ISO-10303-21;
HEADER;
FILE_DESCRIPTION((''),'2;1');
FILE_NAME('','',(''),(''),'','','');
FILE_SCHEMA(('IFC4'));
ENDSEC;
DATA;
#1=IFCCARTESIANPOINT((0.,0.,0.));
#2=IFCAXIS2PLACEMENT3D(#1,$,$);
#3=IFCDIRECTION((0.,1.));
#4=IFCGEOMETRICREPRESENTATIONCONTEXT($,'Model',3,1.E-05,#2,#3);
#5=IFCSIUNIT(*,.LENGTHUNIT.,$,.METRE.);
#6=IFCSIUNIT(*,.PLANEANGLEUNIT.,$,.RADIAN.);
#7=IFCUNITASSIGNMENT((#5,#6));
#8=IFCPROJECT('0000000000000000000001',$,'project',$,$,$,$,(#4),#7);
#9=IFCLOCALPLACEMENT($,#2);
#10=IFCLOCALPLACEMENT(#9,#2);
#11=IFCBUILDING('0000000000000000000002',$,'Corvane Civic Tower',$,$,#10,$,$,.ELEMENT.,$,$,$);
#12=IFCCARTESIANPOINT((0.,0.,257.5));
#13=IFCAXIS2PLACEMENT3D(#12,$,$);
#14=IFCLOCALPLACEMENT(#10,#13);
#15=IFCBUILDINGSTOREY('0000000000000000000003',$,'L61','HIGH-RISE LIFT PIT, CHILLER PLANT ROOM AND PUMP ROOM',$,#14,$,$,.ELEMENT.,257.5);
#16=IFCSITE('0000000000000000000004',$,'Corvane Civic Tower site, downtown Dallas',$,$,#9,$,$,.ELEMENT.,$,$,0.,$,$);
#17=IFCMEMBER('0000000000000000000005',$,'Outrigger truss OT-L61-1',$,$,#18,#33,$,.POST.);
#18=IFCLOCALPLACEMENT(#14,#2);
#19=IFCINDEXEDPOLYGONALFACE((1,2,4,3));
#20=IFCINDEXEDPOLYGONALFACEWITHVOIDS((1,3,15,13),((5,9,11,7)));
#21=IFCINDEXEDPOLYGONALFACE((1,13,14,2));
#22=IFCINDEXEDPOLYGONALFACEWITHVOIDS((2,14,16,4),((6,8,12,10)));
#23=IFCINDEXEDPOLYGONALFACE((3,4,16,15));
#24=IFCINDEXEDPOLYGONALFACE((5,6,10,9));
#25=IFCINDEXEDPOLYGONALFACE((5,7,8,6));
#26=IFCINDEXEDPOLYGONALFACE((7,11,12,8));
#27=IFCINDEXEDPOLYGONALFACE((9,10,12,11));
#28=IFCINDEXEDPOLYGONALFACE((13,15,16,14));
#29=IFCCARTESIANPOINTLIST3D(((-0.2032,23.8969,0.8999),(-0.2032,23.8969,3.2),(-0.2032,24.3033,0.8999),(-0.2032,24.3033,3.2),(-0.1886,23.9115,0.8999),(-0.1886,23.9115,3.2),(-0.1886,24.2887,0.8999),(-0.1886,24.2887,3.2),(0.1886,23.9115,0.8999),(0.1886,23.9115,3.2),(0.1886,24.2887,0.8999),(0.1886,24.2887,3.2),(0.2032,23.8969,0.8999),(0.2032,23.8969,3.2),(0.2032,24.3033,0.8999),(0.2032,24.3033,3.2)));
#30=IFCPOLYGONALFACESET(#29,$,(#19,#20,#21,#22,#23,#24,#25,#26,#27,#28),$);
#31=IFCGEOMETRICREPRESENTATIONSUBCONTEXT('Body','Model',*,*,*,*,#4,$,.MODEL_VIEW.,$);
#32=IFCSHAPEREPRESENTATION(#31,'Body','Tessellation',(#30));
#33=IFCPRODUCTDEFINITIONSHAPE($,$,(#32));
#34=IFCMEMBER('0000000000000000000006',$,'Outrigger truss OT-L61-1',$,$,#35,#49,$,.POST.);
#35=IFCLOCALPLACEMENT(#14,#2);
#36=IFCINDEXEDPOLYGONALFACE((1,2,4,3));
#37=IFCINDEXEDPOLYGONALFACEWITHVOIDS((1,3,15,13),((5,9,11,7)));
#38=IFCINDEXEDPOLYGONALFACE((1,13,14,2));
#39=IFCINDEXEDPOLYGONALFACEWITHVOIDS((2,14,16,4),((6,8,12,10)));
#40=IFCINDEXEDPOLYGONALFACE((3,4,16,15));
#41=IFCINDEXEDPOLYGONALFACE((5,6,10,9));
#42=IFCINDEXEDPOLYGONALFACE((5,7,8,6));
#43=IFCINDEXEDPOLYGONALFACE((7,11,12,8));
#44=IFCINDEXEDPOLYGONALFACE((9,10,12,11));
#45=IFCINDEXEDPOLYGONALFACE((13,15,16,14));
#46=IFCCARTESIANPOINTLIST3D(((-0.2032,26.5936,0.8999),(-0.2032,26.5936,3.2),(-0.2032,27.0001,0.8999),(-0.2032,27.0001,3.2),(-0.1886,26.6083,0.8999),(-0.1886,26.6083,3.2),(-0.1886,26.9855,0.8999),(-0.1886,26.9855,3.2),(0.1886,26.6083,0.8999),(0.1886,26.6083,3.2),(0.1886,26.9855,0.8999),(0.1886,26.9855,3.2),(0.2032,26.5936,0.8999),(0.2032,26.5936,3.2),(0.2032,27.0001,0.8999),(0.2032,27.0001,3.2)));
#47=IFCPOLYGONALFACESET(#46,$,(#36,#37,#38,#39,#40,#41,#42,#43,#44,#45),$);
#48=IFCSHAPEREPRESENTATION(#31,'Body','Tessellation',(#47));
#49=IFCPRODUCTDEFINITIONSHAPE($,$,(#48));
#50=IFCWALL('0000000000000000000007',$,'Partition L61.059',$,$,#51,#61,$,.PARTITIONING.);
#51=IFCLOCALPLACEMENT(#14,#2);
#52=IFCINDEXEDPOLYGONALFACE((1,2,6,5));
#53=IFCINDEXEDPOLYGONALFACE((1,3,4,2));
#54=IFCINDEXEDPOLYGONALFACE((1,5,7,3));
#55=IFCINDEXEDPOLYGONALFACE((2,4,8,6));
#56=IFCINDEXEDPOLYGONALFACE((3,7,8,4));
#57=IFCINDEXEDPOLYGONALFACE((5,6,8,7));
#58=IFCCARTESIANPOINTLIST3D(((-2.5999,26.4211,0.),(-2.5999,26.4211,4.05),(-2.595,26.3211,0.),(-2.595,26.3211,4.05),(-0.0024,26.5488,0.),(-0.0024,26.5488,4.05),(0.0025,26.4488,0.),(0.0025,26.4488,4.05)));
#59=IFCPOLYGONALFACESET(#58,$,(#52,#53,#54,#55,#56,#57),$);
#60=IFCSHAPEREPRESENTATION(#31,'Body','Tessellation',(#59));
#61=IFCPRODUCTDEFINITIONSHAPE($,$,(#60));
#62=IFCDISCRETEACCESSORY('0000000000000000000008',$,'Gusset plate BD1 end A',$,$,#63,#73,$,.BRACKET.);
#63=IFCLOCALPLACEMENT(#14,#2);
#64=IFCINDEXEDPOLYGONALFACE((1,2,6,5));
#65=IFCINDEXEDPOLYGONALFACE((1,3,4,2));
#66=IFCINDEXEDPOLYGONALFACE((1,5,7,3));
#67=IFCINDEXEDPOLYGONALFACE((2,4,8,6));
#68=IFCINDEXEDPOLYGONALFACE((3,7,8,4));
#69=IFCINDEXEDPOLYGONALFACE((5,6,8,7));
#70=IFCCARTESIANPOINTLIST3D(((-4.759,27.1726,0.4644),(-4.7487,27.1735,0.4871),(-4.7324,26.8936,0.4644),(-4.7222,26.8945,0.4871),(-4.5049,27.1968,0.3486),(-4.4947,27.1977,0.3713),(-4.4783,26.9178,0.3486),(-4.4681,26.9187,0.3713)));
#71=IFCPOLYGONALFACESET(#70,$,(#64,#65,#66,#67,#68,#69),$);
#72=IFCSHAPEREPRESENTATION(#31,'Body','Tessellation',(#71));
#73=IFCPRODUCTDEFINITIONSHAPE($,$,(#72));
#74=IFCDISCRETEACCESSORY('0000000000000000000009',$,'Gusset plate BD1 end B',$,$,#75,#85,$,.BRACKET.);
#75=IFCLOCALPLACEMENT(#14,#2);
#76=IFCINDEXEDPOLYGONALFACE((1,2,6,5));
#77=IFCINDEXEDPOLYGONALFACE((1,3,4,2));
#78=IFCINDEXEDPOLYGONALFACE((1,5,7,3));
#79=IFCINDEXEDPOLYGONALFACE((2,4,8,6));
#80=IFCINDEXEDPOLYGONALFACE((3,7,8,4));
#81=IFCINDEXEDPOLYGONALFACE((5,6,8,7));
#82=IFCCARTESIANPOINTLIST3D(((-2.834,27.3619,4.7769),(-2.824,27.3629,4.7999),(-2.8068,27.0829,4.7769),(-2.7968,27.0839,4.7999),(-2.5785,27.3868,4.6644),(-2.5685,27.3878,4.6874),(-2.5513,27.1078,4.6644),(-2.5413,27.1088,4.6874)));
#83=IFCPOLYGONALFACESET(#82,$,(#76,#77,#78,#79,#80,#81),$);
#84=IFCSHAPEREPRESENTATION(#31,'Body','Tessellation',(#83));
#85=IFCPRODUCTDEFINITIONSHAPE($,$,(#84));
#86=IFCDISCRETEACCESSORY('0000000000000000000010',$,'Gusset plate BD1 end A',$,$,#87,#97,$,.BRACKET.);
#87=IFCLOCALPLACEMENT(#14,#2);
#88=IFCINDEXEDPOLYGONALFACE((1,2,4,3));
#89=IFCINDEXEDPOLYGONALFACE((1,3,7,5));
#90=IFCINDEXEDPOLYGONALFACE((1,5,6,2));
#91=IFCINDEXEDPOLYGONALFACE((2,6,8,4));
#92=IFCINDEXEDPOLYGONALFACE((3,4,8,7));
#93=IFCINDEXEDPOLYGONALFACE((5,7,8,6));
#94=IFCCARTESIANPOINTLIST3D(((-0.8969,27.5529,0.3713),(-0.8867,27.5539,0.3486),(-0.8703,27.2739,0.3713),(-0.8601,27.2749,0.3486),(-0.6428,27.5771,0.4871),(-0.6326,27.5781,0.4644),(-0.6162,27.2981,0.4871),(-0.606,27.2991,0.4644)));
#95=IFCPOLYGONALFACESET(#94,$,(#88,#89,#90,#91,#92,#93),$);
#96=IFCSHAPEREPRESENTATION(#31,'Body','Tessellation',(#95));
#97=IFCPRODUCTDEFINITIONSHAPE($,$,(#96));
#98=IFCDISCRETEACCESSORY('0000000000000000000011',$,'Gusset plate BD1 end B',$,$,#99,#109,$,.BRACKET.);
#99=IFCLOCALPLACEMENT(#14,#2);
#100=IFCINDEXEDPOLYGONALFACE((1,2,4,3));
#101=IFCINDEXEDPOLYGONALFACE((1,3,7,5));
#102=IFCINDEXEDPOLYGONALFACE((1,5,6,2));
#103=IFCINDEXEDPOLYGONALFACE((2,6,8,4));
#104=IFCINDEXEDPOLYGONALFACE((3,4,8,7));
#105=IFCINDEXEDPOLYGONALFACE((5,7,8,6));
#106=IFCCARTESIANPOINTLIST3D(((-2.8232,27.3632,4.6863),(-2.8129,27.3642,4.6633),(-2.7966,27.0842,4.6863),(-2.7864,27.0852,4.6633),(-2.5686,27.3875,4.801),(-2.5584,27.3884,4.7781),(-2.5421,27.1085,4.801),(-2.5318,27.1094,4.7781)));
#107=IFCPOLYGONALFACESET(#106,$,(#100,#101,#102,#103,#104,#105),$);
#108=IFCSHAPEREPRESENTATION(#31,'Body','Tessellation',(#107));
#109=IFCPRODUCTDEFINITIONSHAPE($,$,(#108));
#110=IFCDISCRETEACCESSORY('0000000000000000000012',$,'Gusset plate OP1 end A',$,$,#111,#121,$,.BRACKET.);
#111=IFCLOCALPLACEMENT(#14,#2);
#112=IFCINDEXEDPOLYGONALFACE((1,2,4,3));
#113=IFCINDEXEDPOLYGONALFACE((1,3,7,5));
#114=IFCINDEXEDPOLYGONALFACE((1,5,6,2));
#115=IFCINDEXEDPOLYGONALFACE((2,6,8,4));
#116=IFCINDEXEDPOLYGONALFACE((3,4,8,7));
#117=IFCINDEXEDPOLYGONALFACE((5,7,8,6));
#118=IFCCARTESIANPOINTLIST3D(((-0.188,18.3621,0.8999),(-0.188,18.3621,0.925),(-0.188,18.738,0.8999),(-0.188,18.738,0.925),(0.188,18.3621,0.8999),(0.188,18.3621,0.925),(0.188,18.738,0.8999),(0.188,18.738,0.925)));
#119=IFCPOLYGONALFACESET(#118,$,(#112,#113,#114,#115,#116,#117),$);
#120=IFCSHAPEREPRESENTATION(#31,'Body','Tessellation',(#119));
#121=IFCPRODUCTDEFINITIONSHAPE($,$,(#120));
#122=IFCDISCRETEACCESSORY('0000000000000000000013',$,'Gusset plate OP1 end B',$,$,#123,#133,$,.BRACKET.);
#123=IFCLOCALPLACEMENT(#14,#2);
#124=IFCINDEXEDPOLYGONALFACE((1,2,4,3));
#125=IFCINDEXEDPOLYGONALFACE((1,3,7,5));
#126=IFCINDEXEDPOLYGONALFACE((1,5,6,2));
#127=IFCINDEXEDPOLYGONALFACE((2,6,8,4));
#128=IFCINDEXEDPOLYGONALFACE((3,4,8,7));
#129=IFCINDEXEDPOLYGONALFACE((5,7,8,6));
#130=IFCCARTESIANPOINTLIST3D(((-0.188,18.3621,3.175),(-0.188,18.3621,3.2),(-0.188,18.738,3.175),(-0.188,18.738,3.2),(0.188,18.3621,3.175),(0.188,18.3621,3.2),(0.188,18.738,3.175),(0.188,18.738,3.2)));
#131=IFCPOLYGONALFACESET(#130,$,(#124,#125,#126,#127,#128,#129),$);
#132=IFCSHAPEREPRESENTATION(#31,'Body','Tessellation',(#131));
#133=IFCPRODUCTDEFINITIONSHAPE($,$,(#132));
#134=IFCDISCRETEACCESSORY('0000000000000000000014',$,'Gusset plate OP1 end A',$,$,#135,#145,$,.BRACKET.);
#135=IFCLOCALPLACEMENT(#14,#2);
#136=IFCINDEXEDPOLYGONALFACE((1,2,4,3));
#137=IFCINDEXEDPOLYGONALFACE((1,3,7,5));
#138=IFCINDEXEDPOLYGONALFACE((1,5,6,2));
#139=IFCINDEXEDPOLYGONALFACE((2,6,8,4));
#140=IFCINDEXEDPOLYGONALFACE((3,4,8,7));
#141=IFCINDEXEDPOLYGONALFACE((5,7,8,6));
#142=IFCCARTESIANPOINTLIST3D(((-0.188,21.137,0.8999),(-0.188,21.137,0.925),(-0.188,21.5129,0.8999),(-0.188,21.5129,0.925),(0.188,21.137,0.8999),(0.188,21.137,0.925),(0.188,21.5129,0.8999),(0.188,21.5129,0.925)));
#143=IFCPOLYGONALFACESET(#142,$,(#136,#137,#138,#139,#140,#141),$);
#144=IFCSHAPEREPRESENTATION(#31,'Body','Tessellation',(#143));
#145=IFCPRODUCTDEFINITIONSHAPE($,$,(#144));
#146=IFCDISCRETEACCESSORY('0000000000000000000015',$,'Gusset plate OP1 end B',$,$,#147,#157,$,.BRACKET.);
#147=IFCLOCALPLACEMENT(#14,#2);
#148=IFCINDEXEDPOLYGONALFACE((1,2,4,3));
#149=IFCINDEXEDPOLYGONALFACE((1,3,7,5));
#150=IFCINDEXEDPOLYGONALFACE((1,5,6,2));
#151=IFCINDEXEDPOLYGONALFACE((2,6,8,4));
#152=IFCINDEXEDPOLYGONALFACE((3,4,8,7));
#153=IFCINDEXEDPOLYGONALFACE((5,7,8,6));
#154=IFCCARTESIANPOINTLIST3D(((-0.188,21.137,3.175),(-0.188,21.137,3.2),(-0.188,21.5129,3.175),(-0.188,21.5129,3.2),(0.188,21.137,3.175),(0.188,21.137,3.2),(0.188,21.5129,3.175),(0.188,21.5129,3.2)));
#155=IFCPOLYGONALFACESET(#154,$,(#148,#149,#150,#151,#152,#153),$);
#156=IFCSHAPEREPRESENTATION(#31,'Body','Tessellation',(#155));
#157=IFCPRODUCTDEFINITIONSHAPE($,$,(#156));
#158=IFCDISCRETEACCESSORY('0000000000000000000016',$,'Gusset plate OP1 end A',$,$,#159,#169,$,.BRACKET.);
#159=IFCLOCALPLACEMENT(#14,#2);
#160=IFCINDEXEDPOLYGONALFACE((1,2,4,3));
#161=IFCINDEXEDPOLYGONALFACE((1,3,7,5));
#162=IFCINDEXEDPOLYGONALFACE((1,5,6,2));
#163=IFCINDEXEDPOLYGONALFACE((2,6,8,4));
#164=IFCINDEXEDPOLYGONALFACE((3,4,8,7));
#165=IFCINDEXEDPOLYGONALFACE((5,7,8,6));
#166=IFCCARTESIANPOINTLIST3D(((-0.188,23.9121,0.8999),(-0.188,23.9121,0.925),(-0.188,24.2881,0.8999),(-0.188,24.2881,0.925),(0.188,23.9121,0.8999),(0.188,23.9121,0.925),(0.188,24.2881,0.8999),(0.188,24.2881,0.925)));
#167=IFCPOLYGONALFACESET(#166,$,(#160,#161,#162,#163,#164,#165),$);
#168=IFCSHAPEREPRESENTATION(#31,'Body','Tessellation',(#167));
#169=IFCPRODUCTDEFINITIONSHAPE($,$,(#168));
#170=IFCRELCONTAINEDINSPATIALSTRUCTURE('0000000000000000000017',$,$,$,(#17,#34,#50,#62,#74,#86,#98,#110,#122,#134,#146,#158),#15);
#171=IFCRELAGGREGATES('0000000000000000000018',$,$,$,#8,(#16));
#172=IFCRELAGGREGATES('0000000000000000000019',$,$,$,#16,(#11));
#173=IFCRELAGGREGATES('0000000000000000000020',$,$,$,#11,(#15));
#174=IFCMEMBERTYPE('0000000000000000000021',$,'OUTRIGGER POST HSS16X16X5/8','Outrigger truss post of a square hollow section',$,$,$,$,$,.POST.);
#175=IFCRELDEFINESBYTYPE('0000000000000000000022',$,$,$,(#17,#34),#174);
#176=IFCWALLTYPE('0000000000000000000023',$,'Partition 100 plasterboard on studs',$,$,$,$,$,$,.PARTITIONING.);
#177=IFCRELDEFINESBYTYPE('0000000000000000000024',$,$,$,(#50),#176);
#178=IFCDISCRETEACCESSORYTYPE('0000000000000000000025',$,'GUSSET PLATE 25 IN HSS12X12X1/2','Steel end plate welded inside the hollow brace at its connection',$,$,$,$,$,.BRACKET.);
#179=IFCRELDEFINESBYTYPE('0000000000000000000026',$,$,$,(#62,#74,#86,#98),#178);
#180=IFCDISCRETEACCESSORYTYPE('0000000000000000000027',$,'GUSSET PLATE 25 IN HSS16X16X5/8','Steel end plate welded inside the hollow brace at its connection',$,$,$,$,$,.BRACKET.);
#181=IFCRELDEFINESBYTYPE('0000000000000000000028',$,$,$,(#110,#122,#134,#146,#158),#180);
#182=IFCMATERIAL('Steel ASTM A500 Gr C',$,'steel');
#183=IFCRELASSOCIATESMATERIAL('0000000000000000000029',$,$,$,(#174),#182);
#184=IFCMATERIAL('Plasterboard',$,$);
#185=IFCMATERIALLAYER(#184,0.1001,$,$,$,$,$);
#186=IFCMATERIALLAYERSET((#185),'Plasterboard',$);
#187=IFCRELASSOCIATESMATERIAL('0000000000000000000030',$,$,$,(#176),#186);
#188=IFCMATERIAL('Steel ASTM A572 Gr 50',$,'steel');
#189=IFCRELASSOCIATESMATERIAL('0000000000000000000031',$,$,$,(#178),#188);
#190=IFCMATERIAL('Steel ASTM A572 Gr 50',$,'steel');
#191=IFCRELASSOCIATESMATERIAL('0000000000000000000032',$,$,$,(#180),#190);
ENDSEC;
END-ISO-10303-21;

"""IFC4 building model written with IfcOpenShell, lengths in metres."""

from ifc_helpers import new_model, si_unit, direction, frame, frame_2d, origin, origin_2d, place, context, subcontext, project, spatial, rectangle, hollow_rectangle, extrude, material, layer, layer_set, material_profile, profile_set, type_object, element, save


model = new_model("IFC4")

# Units and contexts
model_context = context("Model", 3, precision=1e-05, world=origin(), true_north=direction((0.0, 1.0)))
body_context = subcontext(model_context, "Body", "Model", "MODEL_VIEW")
ifc_project = project(units=[si_unit("LENGTHUNIT", "METRE"), si_unit("PLANEANGLEUNIT", "RADIAN")], contexts=[model_context])

# Site, building, storey
site_placement = place(None, origin())
site = spatial("IfcSite", under=ifc_project, at=site_placement, Name="Corvane Civic Tower site, downtown Dallas", CompositionType="ELEMENT", RefElevation=0.0)
building_placement = place(site_placement, origin())
building = spatial("IfcBuilding", under=site, at=building_placement, Name="Corvane Civic Tower", CompositionType="ELEMENT")
storey_placement = place(building_placement, frame((0.0, 0.0, 257.5)))
storey = spatial("IfcBuildingStorey", under=building, at=storey_placement, Name="L61", Description="HIGH-RISE LIFT PIT, CHILLER PLANT ROOM AND PUMP ROOM", CompositionType="ELEMENT", Elevation=257.5)

# Members
ifc_material_1 = material(Name="Steel ASTM A500 Gr C", Category="steel")
ifc_material_profile_1 = material_profile(ifc_material_1, hollow_rectangle(XDim=0.4065, YDim=0.4065, WallThickness=0.0146, at=origin_2d()), Name="HSS16X16X5/8")
ifc_profile_set_1 = profile_set([ifc_material_profile_1], Name="Steel ASTM A500 Gr C")
member_type_1 = type_object("IfcMemberType", Name="OUTRIGGER POST HSS16X16X5/8", Description="Outrigger truss post of a square hollow section", PredefinedType="POST", material=ifc_profile_set_1)
for number, where, z_axis, x_axis, name in (
    (1, (0.0, 24.1001, 0.8999), (0.0, 0.0, 1.0), (1.0, 0.0, 0.0), "Outrigger truss OT-L61-1"),
    (2, (0.0, 26.7969, 0.8999), (0.0, 0.0, 1.0), (1.0, 0.0, 0.0), "Outrigger truss OT-L61-1"),
):
    element("IfcMember", number, at=place(storey_placement, frame(where, z_axis=z_axis, x_axis=x_axis)), inside=storey, type_object=member_type_1, Name=name, PredefinedType="POST", context=body_context, shape_type="SweptSolid", body=[
        extrude(hollow_rectangle(XDim=0.4065, YDim=0.4065, WallThickness=0.0146, at=origin_2d()), origin(), (0.0, 0.0, 1.0), 2.3),
    ])

# Wall
ifc_material_2 = material(Name="Plasterboard")
ifc_layer = layer(ifc_material_2, 0.1001)
ifc_layer_set = layer_set([ifc_layer], Name="Plasterboard")
wall_type = type_object("IfcWallType", Name="Partition 100 plasterboard on studs", PredefinedType="PARTITIONING", material=ifc_layer_set)
wall_placement = place(storey_placement, frame((-2.5974, 26.3711, 0.0), z_axis=(0.0, 0.0, 1.0), x_axis=(0.998794, 0.049099, 0.0)))
element("IfcWall", 3, at=wall_placement, inside=storey, type_object=wall_type, Name="Partition L61.059", PredefinedType="PARTITIONING", context=body_context, shape_type="SweptSolid", body=[
    extrude(rectangle(XDim=2.6006, YDim=0.1001, at=frame_2d((1.3003, 0.0))), origin(), (0.0, 0.0, 1.0), 4.05),
])

# Discrete accessories
ifc_material_3 = material(Name="Steel ASTM A572 Gr 50", Category="steel")
ifc_material_profile_2 = material_profile(ifc_material_3, rectangle(XDim=0.2803, YDim=0.2803, at=origin_2d()), Name="GUSSET PLATE 25 IN HSS12X12X1/2")
ifc_profile_set_2 = profile_set([ifc_material_profile_2], Name="Steel ASTM A572 Gr 50")
discrete_accessory_type_1 = type_object("IfcDiscreteAccessoryType", Name="GUSSET PLATE 25 IN HSS12X12X1/2", Description="Steel end plate welded inside the hollow brace at its connection", PredefinedType="BRACKET", material=ifc_profile_set_2)
discrete_accessory_1_placement = place(storey_placement, frame((-4.6187, 27.0452, 0.4065), z_axis=(0.411271, 0.039169, 0.910671), x_axis=(-0.094809, 0.995495, 0.0)))
element("IfcDiscreteAccessory", 4, at=discrete_accessory_1_placement, inside=storey, type_object=discrete_accessory_type_1, Name="Gusset plate BD1 end A", PredefinedType="BRACKET", context=body_context, shape_type="SweptSolid", body=[
    extrude(rectangle(XDim=0.2803, YDim=0.2803, at=origin_2d()), origin(), (0.0, 0.0, 1.0), 0.0249),
])
discrete_accessory_2_placement = place(storey_placement, frame((-2.6826, 27.2358, 4.7437), z_axis=(-0.399492, -0.038975, -0.915908), x_axis=(0.0971, -0.995275, 0.0)))
element("IfcDiscreteAccessory", 5, at=discrete_accessory_2_placement, inside=storey, type_object=discrete_accessory_type_1, Name="Gusset plate BD1 end B", PredefinedType="BRACKET", context=body_context, shape_type="SweptSolid", body=[
    extrude(rectangle(XDim=0.2803, YDim=0.2803, at=origin_2d()), origin(), (0.0, 0.0, 1.0), 0.0251),
])
discrete_accessory_3_placement = place(storey_placement, frame((-0.7463, 27.4265, 0.4065), z_axis=(-0.411271, -0.039169, 0.910671), x_axis=(0.094809, -0.995495, 0.0)))
element("IfcDiscreteAccessory", 6, at=discrete_accessory_3_placement, inside=storey, type_object=discrete_accessory_type_1, Name="Gusset plate BD1 end A", PredefinedType="BRACKET", context=body_context, shape_type="SweptSolid", body=[
    extrude(rectangle(XDim=0.2803, YDim=0.2803, at=origin_2d()), origin(), (0.0, 0.0, 1.0), 0.0249),
])
discrete_accessory_4_placement = place(storey_placement, frame((-2.6826, 27.2358, 4.7437), z_axis=(0.407633, 0.038822, -0.91232), x_axis=(-0.094809, 0.995495, 0.0)))
element("IfcDiscreteAccessory", 7, at=discrete_accessory_4_placement, inside=storey, type_object=discrete_accessory_type_1, Name="Gusset plate BD1 end B", PredefinedType="BRACKET", context=body_context, shape_type="SweptSolid", body=[
    extrude(rectangle(XDim=0.2803, YDim=0.2803, at=origin_2d()), origin(), (0.0, 0.0, 1.0), 0.0251),
])
ifc_material_4 = material(Name="Steel ASTM A572 Gr 50", Category="steel")
ifc_material_profile_3 = material_profile(ifc_material_4, rectangle(XDim=0.376, YDim=0.376, at=origin_2d()), Name="GUSSET PLATE 25 IN HSS16X16X5/8")
ifc_profile_set_3 = profile_set([ifc_material_profile_3], Name="Steel ASTM A572 Gr 50")
discrete_accessory_type_2 = type_object("IfcDiscreteAccessoryType", Name="GUSSET PLATE 25 IN HSS16X16X5/8", Description="Steel end plate welded inside the hollow brace at its connection", PredefinedType="BRACKET", material=ifc_profile_set_3)
discrete_accessory_5_placement = place(storey_placement, frame((0.0, 18.55, 0.8999), z_axis=(0.0, 0.0, 1.0), x_axis=(1.0, 0.0, 0.0)))
element("IfcDiscreteAccessory", 8, at=discrete_accessory_5_placement, inside=storey, type_object=discrete_accessory_type_2, Name="Gusset plate OP1 end A", PredefinedType="BRACKET", context=body_context, shape_type="SweptSolid", body=[
    extrude(rectangle(XDim=0.376, YDim=0.376, at=origin_2d()), origin(), (0.0, 0.0, 1.0), 0.0251),
])
discrete_accessory_6_placement = place(storey_placement, frame((0.0, 18.55, 3.2), z_axis=(0.0, 0.0, -1.0), x_axis=(1.0, 0.0, 0.0)))
element("IfcDiscreteAccessory", 9, at=discrete_accessory_6_placement, inside=storey, type_object=discrete_accessory_type_2, Name="Gusset plate OP1 end B", PredefinedType="BRACKET", context=body_context, shape_type="SweptSolid", body=[
    extrude(rectangle(XDim=0.376, YDim=0.376, at=origin_2d()), origin(), (0.0, 0.0, 1.0), 0.0249),
])
discrete_accessory_7_placement = place(storey_placement, frame((0.0, 21.325, 0.8999), z_axis=(0.0, 0.0, 1.0), x_axis=(1.0, 0.0, 0.0)))
element("IfcDiscreteAccessory", 10, at=discrete_accessory_7_placement, inside=storey, type_object=discrete_accessory_type_2, Name="Gusset plate OP1 end A", PredefinedType="BRACKET", context=body_context, shape_type="SweptSolid", body=[
    extrude(rectangle(XDim=0.376, YDim=0.376, at=origin_2d()), origin(), (0.0, 0.0, 1.0), 0.0251),
])
discrete_accessory_8_placement = place(storey_placement, frame((0.0, 21.325, 3.2), z_axis=(0.0, 0.0, -1.0), x_axis=(1.0, 0.0, 0.0)))
element("IfcDiscreteAccessory", 11, at=discrete_accessory_8_placement, inside=storey, type_object=discrete_accessory_type_2, Name="Gusset plate OP1 end B", PredefinedType="BRACKET", context=body_context, shape_type="SweptSolid", body=[
    extrude(rectangle(XDim=0.376, YDim=0.376, at=origin_2d()), origin(), (0.0, 0.0, 1.0), 0.0249),
])
discrete_accessory_9_placement = place(storey_placement, frame((0.0, 24.1001, 0.8999), z_axis=(0.0, 0.0, 1.0), x_axis=(1.0, 0.0, 0.0)))
element("IfcDiscreteAccessory", 12, at=discrete_accessory_9_placement, inside=storey, type_object=discrete_accessory_type_2, Name="Gusset plate OP1 end A", PredefinedType="BRACKET", context=body_context, shape_type="SweptSolid", body=[
    extrude(rectangle(XDim=0.376, YDim=0.376, at=origin_2d()), origin(), (0.0, 0.0, 1.0), 0.0251),
])

save(model, "model.ifc")
